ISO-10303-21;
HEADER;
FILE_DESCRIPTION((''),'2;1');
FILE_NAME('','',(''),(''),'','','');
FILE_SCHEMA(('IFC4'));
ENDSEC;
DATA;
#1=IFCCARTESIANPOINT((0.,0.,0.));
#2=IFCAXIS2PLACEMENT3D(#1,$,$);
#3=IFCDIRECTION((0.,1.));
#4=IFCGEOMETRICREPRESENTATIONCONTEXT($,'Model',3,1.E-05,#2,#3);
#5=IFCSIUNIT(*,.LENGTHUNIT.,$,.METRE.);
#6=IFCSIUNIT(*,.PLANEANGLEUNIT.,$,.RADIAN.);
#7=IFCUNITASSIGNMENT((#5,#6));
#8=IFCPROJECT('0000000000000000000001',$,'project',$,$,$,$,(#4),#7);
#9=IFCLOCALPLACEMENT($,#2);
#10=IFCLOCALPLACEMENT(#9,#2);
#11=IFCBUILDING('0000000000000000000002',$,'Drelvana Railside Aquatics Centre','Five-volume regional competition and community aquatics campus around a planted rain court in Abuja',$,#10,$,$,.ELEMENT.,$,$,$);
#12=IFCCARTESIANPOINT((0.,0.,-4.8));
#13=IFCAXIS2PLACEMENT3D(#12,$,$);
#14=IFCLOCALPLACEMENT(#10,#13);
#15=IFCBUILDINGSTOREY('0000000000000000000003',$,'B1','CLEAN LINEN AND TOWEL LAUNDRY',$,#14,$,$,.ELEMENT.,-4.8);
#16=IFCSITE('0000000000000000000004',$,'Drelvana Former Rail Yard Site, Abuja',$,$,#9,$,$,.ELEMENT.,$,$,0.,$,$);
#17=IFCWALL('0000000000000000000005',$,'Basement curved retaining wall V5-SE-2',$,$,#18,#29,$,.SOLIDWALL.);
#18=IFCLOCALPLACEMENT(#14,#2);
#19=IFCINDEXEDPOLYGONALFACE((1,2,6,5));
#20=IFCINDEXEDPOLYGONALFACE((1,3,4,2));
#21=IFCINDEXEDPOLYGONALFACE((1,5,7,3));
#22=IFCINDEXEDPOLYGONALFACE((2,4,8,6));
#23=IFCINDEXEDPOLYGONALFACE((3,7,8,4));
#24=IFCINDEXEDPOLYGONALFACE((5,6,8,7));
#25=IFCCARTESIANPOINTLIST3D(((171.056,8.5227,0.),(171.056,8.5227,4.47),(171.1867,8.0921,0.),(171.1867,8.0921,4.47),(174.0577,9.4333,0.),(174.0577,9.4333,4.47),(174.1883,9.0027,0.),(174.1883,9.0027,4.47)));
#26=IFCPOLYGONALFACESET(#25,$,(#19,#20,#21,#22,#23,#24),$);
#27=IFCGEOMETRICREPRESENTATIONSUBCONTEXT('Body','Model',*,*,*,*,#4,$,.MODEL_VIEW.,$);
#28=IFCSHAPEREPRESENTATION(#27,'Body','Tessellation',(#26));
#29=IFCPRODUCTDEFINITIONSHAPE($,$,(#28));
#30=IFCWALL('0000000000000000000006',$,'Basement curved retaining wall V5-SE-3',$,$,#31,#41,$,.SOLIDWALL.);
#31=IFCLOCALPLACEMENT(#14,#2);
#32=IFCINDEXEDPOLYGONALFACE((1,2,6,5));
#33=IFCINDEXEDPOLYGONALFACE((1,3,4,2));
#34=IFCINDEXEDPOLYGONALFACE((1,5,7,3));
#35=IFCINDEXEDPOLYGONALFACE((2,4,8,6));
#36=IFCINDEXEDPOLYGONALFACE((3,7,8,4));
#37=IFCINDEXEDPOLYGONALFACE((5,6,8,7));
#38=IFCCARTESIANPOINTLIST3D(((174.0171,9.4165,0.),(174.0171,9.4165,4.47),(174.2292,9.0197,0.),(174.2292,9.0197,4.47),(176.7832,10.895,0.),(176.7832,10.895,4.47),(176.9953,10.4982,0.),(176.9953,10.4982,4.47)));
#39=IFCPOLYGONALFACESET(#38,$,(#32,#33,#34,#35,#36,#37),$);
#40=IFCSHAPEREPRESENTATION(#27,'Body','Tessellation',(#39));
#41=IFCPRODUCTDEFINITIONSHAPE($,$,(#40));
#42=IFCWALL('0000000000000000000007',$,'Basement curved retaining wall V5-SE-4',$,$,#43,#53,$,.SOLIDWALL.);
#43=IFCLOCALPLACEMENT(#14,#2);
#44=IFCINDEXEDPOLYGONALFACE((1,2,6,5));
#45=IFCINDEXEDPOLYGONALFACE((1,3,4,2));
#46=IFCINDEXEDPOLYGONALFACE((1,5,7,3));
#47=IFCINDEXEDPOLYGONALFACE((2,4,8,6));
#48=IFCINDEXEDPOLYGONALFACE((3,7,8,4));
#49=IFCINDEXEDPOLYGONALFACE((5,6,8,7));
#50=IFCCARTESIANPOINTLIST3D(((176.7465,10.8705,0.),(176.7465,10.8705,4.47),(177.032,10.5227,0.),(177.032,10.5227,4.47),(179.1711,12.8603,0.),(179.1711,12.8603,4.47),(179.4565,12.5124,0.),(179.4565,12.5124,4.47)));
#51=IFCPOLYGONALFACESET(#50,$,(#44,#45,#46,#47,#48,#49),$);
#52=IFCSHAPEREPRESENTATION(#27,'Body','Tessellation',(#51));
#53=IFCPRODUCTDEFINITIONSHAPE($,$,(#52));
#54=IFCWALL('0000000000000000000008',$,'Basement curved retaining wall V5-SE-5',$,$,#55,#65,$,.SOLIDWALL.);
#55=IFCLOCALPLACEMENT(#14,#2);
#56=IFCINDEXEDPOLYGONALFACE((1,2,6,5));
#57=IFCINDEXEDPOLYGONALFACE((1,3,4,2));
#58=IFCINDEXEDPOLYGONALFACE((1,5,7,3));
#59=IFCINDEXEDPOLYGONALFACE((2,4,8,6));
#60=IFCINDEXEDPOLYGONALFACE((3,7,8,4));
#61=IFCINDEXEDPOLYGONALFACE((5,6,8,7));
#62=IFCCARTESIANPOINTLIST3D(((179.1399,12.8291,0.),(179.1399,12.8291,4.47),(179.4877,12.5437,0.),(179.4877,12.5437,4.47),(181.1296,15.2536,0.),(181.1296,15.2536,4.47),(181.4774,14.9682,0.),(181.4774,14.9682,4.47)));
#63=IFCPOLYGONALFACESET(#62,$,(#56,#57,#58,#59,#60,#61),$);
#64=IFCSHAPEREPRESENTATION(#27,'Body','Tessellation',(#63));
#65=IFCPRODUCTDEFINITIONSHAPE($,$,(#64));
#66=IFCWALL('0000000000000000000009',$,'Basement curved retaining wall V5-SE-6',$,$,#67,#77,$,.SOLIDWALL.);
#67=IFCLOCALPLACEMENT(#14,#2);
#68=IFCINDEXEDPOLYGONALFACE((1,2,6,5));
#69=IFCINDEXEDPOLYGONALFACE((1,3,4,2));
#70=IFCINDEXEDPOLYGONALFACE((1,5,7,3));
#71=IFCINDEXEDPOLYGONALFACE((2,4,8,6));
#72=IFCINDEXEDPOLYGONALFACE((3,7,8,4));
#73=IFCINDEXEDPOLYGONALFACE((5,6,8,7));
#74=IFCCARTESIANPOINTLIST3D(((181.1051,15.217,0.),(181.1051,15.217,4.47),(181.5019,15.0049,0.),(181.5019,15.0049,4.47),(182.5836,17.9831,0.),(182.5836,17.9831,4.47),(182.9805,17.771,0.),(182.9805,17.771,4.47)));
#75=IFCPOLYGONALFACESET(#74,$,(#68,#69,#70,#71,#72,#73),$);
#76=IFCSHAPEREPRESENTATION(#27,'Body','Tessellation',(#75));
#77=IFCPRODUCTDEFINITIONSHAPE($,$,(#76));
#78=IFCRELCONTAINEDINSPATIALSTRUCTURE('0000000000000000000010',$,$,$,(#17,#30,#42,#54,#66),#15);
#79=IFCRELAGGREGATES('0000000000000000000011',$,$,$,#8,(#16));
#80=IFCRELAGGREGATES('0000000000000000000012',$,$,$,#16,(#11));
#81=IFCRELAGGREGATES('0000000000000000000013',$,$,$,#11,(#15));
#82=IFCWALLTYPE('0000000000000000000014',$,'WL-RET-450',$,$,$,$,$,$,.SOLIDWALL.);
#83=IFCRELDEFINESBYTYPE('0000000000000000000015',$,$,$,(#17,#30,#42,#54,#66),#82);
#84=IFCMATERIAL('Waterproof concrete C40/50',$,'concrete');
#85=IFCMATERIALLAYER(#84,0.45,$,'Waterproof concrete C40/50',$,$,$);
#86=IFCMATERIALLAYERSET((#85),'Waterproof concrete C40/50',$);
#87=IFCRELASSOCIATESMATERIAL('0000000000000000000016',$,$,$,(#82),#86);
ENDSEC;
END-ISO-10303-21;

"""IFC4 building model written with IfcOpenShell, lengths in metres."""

from ifc_helpers import new_model, si_unit, direction, frame, frame_2d, origin, place, context, subcontext, project, spatial, rectangle, extrude, material, layer, layer_set, type_object, element, save


model = new_model("IFC4")

# Units and contexts
model_context = context("Model", 3, precision=1e-05, world=origin(), true_north=direction((0.0, 1.0)))
body_context = subcontext(model_context, "Body", "Model", "MODEL_VIEW")
ifc_project = project(units=[si_unit("LENGTHUNIT", "METRE"), si_unit("PLANEANGLEUNIT", "RADIAN")], contexts=[model_context])

# Site, building, storey
site_placement = place(None, origin())
site = spatial("IfcSite", under=ifc_project, at=site_placement, Name="Drelvana Former Rail Yard Site, Abuja", CompositionType="ELEMENT", RefElevation=0.0)
building_placement = place(site_placement, origin())
building = spatial("IfcBuilding", under=site, at=building_placement, Name="Drelvana Railside Aquatics Centre", Description="Five-volume regional competition and community aquatics campus around a planted rain court in Abuja", CompositionType="ELEMENT")
storey_placement = place(building_placement, frame((0.0, 0.0, -4.8)))
storey = spatial("IfcBuildingStorey", under=building, at=storey_placement, Name="B1", Description="CLEAN LINEN AND TOWEL LAUNDRY", CompositionType="ELEMENT", Elevation=-4.8)

# Walls
ifc_material_1 = material(Name="Waterproof concrete C40/50", Category="concrete")
ifc_layer_1 = layer(ifc_material_1, 0.45, Name="Waterproof concrete C40/50")
ifc_layer_set_1 = layer_set([ifc_layer_1], Name="Waterproof concrete C40/50")
wall_type_1 = type_object("IfcWallType", Name="WL-RET-450", PredefinedType="SOLIDWALL", material=ifc_layer_set_1)
wall_1_placement = place(storey_placement, frame((171.1213, 8.3074, 0.0), z_axis=(0.0, 0.0, 1.0), x_axis=(0.956933, 0.29031, 0.0)))
element("IfcWall", 1, at=wall_1_placement, inside=storey, type_object=wall_type_1, Name="Basement curved retaining wall V5-SE-2", PredefinedType="SOLIDWALL", context=body_context, shape_type="SweptSolid", body=[
    extrude(rectangle(XDim=3.1367, YDim=0.45, at=frame_2d((1.5684, 0.0))), origin(), (0.0, 0.0, 1.0), 4.47),
])
for number, where, z_axis, x_axis, name in (
    (2, (174.123, 9.218, 0.0), (0.0, 0.0, 1.0), (0.881922, 0.471396, 0.0), "Basement curved retaining wall V5-SE-3"),
    (3, (176.8892, 10.6965, 0.0), (0.0, 0.0, 1.0), (0.773017, 0.634386, 0.0), "Basement curved retaining wall V5-SE-4"),
    (4, (179.3137, 12.6863, 0.0), (0.0, 0.0, 1.0), (0.634386, 0.773017, 0.0), "Basement curved retaining wall V5-SE-5"),
    (5, (181.3035, 15.1108, 0.0), (0.0, 0.0, 1.0), (0.471396, 0.881922, 0.0), "Basement curved retaining wall V5-SE-6"),
):
    element("IfcWall", number, at=place(storey_placement, frame(where, z_axis=z_axis, x_axis=x_axis)), inside=storey, type_object=wall_type_1, Name=name, PredefinedType="SOLIDWALL", context=body_context, shape_type="SweptSolid", body=[
        extrude(rectangle(XDim=3.1365, YDim=0.45, at=frame_2d((1.5684, 0.0))), origin(), (0.0, 0.0, 1.0), 4.47),
    ])

save(model, "model.ifc")
